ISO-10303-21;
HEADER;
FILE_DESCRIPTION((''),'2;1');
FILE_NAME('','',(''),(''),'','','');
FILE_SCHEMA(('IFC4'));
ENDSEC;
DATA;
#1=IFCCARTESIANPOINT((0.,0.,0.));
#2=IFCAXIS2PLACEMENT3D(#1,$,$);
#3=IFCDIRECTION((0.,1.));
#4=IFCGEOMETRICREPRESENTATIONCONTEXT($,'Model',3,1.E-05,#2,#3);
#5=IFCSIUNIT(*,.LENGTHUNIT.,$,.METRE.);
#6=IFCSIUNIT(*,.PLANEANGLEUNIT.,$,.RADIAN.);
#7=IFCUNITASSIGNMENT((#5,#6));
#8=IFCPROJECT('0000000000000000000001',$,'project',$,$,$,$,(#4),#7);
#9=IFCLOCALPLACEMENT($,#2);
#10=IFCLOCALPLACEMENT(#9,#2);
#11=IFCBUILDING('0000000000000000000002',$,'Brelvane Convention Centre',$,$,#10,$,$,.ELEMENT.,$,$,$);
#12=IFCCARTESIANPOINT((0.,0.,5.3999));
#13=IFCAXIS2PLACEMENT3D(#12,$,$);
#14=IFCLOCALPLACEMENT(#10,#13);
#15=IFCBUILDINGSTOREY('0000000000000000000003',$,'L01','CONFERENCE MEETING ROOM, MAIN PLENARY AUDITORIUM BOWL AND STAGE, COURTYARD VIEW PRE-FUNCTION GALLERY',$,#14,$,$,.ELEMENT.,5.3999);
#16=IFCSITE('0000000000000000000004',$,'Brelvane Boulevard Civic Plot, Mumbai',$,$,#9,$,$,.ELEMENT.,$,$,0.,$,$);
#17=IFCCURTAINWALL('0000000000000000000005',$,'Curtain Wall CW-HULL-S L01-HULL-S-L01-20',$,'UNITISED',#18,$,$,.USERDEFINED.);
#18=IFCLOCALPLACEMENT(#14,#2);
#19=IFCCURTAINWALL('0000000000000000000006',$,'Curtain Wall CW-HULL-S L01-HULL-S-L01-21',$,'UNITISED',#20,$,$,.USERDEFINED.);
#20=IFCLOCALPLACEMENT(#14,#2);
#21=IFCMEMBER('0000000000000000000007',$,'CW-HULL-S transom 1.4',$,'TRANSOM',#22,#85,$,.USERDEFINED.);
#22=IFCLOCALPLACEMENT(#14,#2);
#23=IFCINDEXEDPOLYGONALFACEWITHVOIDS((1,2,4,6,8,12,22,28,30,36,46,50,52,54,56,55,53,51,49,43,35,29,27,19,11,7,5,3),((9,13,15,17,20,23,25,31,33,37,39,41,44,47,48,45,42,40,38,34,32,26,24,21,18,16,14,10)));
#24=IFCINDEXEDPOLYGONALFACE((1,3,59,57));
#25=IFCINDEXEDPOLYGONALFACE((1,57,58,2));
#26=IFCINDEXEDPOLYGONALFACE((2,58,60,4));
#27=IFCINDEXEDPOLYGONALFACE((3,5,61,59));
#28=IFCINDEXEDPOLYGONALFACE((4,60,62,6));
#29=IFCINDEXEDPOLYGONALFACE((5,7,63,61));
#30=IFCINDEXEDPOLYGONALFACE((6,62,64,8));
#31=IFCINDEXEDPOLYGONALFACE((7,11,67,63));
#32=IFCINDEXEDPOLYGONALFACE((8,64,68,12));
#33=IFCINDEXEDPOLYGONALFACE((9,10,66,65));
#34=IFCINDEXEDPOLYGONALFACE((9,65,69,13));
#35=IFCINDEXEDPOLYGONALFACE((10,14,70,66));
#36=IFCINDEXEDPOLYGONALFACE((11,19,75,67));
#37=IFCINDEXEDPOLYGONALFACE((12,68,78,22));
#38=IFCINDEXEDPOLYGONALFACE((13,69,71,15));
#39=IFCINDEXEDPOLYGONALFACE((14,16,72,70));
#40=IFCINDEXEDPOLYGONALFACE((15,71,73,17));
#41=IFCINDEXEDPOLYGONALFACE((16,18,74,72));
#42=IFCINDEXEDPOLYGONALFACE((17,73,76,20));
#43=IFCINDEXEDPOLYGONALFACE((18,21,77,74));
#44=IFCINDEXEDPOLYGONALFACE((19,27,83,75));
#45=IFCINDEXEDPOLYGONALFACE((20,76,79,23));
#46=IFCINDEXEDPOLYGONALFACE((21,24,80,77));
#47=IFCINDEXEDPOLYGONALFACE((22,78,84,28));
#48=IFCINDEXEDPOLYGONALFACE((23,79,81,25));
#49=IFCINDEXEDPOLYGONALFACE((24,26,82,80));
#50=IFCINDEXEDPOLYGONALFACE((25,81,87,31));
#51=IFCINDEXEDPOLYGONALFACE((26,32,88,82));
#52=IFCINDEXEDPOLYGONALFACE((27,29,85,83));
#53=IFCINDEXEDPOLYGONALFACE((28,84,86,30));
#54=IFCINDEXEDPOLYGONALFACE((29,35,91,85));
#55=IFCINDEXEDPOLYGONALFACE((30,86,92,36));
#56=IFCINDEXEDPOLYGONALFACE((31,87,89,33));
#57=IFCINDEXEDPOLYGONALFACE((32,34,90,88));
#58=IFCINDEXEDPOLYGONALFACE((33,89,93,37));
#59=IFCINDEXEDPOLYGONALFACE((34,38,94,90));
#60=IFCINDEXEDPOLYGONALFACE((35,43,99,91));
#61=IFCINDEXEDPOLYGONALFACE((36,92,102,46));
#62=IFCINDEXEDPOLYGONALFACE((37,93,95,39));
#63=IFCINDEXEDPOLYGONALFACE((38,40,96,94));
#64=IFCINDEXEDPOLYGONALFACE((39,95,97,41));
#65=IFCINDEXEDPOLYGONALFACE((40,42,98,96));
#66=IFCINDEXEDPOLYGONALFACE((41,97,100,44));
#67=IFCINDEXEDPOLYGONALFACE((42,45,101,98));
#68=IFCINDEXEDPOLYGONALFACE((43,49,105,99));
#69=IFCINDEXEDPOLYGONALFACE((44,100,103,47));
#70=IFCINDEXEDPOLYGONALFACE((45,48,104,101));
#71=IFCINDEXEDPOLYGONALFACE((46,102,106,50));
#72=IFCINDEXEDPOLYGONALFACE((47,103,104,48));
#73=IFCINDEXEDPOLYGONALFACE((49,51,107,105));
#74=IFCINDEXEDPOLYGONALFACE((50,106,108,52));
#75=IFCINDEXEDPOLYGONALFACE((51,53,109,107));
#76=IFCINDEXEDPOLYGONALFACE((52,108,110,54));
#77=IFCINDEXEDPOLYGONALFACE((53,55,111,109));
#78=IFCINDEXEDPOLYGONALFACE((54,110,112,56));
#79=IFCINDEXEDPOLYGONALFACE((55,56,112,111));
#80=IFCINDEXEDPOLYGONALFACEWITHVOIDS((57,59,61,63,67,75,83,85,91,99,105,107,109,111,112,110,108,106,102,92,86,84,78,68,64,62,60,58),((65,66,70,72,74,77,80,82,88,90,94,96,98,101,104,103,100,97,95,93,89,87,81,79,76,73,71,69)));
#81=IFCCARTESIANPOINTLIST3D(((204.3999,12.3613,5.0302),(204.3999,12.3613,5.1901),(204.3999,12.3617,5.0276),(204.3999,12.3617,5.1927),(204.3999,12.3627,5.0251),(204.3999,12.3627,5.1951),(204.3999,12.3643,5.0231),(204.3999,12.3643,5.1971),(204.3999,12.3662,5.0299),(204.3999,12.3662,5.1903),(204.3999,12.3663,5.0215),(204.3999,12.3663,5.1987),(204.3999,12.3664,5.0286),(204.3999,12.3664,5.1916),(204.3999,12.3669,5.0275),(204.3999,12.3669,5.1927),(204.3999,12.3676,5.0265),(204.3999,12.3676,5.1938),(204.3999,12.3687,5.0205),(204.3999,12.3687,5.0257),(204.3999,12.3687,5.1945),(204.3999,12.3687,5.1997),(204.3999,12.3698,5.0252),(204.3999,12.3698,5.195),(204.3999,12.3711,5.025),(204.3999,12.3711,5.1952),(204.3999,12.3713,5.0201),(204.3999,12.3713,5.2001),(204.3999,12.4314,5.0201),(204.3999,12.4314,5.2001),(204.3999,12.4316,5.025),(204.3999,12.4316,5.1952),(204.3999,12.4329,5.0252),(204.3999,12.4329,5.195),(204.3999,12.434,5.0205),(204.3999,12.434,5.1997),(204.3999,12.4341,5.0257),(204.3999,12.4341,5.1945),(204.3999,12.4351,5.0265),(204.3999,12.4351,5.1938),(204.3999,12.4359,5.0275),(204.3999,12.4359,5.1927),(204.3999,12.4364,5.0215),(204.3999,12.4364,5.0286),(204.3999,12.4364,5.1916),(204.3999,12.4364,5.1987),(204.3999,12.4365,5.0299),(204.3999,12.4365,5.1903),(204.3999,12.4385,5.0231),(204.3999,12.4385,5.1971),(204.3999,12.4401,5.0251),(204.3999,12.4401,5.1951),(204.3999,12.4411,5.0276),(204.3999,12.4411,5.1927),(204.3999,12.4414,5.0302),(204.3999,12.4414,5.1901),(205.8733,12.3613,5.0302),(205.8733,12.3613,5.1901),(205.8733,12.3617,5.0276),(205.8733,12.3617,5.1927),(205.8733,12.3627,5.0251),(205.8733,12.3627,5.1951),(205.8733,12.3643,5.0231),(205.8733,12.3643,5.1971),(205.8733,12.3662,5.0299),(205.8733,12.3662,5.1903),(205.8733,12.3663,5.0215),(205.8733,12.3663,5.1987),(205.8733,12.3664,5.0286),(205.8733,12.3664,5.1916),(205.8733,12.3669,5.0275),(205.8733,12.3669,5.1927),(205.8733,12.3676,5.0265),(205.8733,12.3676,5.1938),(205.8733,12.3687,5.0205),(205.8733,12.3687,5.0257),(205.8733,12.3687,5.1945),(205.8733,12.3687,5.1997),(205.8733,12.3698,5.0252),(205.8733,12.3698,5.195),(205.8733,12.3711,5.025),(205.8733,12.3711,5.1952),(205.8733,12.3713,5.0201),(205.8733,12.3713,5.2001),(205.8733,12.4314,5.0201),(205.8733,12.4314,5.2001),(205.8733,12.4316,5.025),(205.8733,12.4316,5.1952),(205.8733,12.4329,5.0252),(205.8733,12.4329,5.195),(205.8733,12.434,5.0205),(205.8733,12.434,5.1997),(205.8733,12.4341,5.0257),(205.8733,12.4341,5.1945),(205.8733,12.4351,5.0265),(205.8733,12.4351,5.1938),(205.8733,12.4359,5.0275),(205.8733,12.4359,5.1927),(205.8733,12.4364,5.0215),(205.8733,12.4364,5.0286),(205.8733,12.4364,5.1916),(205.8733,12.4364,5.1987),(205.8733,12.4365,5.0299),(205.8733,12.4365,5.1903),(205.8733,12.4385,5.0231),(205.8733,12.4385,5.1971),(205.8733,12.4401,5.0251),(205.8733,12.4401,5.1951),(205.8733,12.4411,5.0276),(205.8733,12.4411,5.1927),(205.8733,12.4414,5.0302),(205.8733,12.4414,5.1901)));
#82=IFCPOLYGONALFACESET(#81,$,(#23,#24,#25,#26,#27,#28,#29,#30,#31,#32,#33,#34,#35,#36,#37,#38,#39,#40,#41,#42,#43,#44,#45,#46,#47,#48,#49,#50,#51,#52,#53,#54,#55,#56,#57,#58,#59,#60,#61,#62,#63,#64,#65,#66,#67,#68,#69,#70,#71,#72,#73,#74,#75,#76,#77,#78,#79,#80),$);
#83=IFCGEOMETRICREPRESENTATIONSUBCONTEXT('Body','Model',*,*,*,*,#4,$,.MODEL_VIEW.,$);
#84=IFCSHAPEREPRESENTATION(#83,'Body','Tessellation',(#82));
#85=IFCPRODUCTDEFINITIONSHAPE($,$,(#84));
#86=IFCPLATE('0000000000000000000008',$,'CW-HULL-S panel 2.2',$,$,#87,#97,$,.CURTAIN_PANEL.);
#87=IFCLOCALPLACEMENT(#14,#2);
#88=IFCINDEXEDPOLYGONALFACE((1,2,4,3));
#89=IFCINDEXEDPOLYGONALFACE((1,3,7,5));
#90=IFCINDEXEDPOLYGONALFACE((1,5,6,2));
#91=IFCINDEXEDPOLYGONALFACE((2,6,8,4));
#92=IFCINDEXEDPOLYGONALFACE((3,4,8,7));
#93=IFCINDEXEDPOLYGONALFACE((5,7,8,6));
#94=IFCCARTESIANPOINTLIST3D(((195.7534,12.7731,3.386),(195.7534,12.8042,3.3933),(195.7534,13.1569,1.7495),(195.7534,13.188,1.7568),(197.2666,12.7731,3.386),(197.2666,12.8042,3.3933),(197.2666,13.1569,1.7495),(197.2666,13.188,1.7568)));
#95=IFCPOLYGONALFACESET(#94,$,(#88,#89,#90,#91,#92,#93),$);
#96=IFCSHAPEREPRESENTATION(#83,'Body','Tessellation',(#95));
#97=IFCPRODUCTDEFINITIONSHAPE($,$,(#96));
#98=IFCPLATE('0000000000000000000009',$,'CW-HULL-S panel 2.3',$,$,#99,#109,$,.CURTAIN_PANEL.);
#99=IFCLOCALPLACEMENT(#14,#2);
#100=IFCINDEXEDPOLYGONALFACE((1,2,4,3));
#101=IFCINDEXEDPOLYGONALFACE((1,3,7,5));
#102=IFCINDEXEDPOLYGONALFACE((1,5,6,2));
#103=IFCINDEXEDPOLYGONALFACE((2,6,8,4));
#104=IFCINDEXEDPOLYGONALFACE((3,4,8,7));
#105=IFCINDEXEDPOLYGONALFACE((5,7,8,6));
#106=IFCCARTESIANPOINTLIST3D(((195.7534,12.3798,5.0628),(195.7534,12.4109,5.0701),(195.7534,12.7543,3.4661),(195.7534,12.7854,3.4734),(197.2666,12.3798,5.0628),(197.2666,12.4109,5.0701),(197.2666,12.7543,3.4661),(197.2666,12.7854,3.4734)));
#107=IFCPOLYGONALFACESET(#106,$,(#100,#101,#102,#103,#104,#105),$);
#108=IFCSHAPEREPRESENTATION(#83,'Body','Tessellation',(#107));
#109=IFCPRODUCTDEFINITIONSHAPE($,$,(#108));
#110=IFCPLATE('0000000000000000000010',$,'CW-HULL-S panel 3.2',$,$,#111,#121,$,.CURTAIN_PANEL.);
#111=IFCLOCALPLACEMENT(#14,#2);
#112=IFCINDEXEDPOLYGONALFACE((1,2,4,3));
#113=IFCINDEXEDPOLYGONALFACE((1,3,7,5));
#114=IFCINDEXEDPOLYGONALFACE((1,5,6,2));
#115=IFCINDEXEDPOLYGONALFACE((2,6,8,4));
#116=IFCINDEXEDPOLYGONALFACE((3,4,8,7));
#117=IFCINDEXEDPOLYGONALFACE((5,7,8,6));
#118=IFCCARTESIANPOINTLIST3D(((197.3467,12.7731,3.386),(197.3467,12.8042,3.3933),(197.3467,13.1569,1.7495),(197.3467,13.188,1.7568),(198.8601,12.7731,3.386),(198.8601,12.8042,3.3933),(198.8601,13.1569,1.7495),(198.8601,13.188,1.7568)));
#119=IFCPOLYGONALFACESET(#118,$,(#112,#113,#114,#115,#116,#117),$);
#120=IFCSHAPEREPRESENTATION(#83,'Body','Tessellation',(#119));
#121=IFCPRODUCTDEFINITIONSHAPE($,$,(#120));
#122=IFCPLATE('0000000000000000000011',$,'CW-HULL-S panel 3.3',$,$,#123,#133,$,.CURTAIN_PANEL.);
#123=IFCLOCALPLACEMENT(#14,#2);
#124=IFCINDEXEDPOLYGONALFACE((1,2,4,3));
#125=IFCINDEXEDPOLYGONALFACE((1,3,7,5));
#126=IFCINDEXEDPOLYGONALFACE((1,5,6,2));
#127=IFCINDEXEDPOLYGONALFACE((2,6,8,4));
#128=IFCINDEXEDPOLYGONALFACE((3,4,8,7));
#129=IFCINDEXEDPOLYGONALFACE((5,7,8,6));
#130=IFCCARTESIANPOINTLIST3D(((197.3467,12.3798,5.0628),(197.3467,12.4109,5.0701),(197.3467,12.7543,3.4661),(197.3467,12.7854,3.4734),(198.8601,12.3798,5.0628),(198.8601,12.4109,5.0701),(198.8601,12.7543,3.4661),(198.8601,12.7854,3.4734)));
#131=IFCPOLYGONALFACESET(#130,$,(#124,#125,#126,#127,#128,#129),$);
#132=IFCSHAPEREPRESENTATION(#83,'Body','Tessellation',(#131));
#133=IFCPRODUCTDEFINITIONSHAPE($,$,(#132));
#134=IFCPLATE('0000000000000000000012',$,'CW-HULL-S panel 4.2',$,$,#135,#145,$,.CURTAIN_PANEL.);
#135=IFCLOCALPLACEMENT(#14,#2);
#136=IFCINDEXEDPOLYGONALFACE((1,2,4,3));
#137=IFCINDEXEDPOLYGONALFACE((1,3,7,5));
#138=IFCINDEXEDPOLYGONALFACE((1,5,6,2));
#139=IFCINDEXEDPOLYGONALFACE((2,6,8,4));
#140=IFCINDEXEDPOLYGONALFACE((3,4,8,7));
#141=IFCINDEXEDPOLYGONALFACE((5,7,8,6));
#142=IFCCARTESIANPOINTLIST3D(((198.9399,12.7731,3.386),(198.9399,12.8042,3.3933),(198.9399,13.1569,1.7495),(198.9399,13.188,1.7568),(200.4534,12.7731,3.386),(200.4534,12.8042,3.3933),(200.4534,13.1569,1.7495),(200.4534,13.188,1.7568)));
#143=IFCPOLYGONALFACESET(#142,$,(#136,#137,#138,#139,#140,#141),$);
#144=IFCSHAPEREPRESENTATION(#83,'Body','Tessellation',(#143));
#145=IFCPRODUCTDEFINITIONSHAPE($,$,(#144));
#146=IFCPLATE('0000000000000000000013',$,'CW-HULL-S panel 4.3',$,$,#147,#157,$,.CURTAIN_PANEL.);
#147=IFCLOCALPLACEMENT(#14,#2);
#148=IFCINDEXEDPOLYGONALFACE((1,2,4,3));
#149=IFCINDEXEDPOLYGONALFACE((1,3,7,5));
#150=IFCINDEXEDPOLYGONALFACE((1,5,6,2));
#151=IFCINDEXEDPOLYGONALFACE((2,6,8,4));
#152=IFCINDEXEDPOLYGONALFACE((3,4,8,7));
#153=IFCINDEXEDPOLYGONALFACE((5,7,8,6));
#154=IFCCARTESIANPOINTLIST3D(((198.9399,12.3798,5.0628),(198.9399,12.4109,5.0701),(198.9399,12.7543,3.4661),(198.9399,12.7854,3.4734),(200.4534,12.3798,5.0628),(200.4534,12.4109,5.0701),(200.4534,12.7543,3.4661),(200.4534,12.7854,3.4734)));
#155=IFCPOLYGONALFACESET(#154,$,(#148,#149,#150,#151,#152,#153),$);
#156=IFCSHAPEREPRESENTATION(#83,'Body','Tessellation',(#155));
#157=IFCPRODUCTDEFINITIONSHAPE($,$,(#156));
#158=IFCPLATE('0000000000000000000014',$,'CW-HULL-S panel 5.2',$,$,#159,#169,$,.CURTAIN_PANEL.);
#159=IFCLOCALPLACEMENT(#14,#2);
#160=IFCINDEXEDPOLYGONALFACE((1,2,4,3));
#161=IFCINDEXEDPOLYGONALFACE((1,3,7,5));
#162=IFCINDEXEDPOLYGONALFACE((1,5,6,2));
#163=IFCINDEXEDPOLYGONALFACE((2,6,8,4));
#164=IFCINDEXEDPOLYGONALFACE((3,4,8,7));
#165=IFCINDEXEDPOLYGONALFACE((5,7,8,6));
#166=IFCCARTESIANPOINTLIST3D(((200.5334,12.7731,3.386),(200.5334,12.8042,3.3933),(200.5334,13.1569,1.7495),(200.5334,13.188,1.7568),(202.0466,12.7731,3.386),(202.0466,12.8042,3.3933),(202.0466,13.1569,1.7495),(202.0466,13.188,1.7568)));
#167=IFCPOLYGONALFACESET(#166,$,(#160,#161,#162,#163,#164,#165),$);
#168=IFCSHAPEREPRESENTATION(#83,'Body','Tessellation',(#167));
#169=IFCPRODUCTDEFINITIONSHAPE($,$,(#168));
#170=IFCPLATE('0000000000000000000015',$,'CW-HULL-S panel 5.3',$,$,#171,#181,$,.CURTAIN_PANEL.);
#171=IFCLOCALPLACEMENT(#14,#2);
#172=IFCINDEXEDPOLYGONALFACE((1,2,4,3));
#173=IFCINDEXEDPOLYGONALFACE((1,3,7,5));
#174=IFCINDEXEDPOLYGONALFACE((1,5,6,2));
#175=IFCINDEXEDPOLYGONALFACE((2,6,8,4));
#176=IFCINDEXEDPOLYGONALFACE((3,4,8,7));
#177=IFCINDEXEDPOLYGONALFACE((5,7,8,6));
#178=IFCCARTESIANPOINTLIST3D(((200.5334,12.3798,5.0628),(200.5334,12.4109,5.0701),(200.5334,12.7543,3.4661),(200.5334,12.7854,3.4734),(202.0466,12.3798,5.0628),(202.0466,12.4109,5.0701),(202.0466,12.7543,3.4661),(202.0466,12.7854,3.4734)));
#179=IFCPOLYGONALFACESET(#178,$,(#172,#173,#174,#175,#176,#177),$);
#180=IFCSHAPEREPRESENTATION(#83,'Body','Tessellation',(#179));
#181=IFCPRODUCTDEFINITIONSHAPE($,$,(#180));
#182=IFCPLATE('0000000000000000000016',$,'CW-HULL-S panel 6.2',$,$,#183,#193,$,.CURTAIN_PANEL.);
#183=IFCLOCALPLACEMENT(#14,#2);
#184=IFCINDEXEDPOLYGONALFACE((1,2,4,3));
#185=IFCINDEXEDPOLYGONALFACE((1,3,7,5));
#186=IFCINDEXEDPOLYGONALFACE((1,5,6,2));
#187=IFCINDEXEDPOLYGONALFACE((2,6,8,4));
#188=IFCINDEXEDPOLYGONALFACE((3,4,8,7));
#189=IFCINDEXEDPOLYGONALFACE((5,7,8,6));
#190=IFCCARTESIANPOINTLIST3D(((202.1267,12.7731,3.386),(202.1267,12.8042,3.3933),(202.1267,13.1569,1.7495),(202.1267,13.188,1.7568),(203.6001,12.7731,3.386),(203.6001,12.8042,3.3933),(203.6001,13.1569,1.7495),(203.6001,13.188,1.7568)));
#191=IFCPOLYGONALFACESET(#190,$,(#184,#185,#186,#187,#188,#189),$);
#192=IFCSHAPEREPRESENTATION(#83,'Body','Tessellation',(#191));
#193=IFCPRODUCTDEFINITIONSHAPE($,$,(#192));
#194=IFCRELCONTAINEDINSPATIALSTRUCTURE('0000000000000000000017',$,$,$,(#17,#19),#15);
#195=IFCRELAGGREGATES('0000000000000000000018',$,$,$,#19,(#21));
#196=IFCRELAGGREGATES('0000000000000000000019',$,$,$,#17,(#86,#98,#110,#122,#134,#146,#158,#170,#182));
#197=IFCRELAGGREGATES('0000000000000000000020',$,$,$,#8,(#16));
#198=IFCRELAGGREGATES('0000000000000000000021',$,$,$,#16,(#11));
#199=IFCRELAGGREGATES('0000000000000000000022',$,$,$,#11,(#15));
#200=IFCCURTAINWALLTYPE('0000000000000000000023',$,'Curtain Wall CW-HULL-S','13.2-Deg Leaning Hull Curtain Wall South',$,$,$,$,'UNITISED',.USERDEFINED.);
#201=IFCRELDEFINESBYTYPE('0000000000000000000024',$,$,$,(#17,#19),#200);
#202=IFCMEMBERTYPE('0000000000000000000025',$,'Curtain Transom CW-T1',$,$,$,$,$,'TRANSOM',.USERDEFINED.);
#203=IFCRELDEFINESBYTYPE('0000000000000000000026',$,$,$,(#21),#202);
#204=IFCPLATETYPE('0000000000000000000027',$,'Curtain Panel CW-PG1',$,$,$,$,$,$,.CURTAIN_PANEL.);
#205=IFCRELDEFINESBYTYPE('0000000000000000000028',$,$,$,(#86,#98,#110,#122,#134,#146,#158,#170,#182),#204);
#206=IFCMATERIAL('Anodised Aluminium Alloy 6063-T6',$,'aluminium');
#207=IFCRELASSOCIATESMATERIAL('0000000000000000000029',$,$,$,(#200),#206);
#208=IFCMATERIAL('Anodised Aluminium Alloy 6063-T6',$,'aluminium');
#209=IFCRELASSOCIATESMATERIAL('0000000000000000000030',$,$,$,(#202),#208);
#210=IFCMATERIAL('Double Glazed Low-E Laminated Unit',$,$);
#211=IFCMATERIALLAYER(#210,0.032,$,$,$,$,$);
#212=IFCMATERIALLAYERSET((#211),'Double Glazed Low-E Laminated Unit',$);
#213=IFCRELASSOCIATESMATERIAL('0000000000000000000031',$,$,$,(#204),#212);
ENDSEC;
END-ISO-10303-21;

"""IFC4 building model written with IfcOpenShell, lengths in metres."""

from ifc_helpers import new_model, si_unit, direction, frame, origin, origin_2d, place, context, subcontext, project, spatial, polyline, hollow_rectangle, outline, extrude, material, layer, layer_set, material_profile, profile_set, type_object, element, aggregate, save


model = new_model("IFC4")

# Units and contexts
model_context = context("Model", 3, precision=1e-05, world=origin(), true_north=direction((0.0, 1.0)))
body_context = subcontext(model_context, "Body", "Model", "MODEL_VIEW")
ifc_project = project(units=[si_unit("LENGTHUNIT", "METRE"), si_unit("PLANEANGLEUNIT", "RADIAN")], contexts=[model_context])

# Site, building, storey
site_placement = place(None, origin())
site = spatial("IfcSite", under=ifc_project, at=site_placement, Name="Brelvane Boulevard Civic Plot, Mumbai", CompositionType="ELEMENT", RefElevation=0.0)
building_placement = place(site_placement, origin())
building = spatial("IfcBuilding", under=site, at=building_placement, Name="Brelvane Convention Centre", CompositionType="ELEMENT")
storey_placement = place(building_placement, frame((0.0, 0.0, 5.3999)))
storey = spatial("IfcBuildingStorey", under=building, at=storey_placement, Name="L01", Description="CONFERENCE MEETING ROOM, MAIN PLENARY AUDITORIUM BOWL AND STAGE, COURTYARD VIEW PRE-FUNCTION GALLERY", CompositionType="ELEMENT", Elevation=5.3999)

# Curtain wall
ifc_material_1 = material(Name="Anodised Aluminium Alloy 6063-T6", Category="aluminium")
curtain_wall_type = type_object("IfcCurtainWallType", Name="Curtain Wall CW-HULL-S", Description="13.2-Deg Leaning Hull Curtain Wall South", ElementType="UNITISED", PredefinedType="USERDEFINED", material=ifc_material_1)
curtain_wall_1_placement = place(storey_placement, origin())
curtain_wall_1 = element("IfcCurtainWall", 1, at=curtain_wall_1_placement, inside=storey, type_object=curtain_wall_type, Name="Curtain Wall CW-HULL-S L01-HULL-S-L01-20", ObjectType="UNITISED", PredefinedType="USERDEFINED")
ifc_material_2 = material(Name="Anodised Aluminium Alloy 6063-T6", Category="aluminium")
ifc_material_profile = material_profile(ifc_material_2, hollow_rectangle(XDim=0.0801, YDim=0.1799, WallThickness=0.0049, InnerFilletRadius=0.0049, OuterFilletRadius=0.01, at=origin_2d()), Name="ALU-T 180x80x5.0")
ifc_profile_set = profile_set([ifc_material_profile], Name="Anodised Aluminium Alloy 6063-T6")
member_type = type_object("IfcMemberType", Name="Curtain Transom CW-T1", ElementType="TRANSOM", PredefinedType="USERDEFINED", material=ifc_profile_set)

# Curtain wall, member
curtain_wall_2_placement = place(storey_placement, origin())
curtain_wall_2 = element("IfcCurtainWall", 2, at=curtain_wall_2_placement, inside=storey, type_object=curtain_wall_type, Name="Curtain Wall CW-HULL-S L01-HULL-S-L01-21", ObjectType="UNITISED", PredefinedType="USERDEFINED")
member_1_placement = place(storey_placement, frame((204.3999, 12.4014, 5.1101), z_axis=(1.0, 0.0, 0.0), x_axis=(0.0, 1.0, 0.0)))
member_1 = element("IfcMember", 3, at=member_1_placement, type_object=member_type, Name="CW-HULL-S transom 1.4", ObjectType="TRANSOM", PredefinedType="USERDEFINED", context=body_context, shape_type="SweptSolid", body=[
    extrude(hollow_rectangle(XDim=0.0801, YDim=0.1799, WallThickness=0.0049, InnerFilletRadius=0.0049, OuterFilletRadius=0.01, at=origin_2d()), origin(), (0.0, 0.0, 1.0), 1.4734),
])
aggregate(curtain_wall_2, [member_1])

# Plates
ifc_material_3 = material(Name="Double Glazed Low-E Laminated Unit")
ifc_layer_1 = layer(ifc_material_3, 0.032)
ifc_layer_set_1 = layer_set([ifc_layer_1], Name="Double Glazed Low-E Laminated Unit")
plate_type_1 = type_object("IfcPlateType", Name="Curtain Panel CW-PG1", PredefinedType="CURTAIN_PANEL", material=ifc_layer_set_1)
plate_1_placement = place(storey_placement, frame((195.7534, 13.188, 1.7568), z_axis=(0.0, 0.973585, 0.228327), x_axis=(1.0, 0.0, 0.0)))
plate_1 = element("IfcPlate", 4, at=plate_1_placement, type_object=plate_type_1, Name="CW-HULL-S panel 2.2", PredefinedType="CURTAIN_PANEL", context=body_context, shape_type="SweptSolid", body=[
    extrude(outline(polyline([(0.0, 0.0), (1.5132, 0.0), (1.5132, -1.6809), (0.0, -1.6809), (0.0, 0.0)])), origin(), (0.0, 0.0, -1.0), 0.032),
])
plate_2_placement = place(storey_placement, frame((195.7534, 12.7854, 3.4734), z_axis=(0.0, 0.973577, 0.228359), x_axis=(1.0, 0.0, 0.0)))
plate_2 = element("IfcPlate", 5, at=plate_2_placement, type_object=plate_type_1, Name="CW-HULL-S panel 2.3", PredefinedType="CURTAIN_PANEL", context=body_context, shape_type="SweptSolid", body=[
    extrude(outline(polyline([(0.0, 0.0), (1.5132, 0.0), (1.5132, -1.64), (0.0, -1.64), (0.0, 0.0)])), origin(), (0.0, 0.0, -1.0), 0.032),
])
plate_3_placement = place(storey_placement, frame((197.3467, 13.188, 1.7568), z_axis=(0.0, 0.973585, 0.228327), x_axis=(1.0, 0.0, 0.0)))
plate_3 = element("IfcPlate", 6, at=plate_3_placement, type_object=plate_type_1, Name="CW-HULL-S panel 3.2", PredefinedType="CURTAIN_PANEL", context=body_context, shape_type="SweptSolid", body=[
    extrude(outline(polyline([(0.0, 0.0), (1.5134, 0.0), (1.5134, -1.6809), (0.0, -1.6809), (0.0, 0.0)])), origin(), (0.0, 0.0, -1.0), 0.032),
])
plate_4_placement = place(storey_placement, frame((197.3467, 12.7854, 3.4734), z_axis=(0.0, 0.973577, 0.228359), x_axis=(1.0, 0.0, 0.0)))
plate_4 = element("IfcPlate", 7, at=plate_4_placement, type_object=plate_type_1, Name="CW-HULL-S panel 3.3", PredefinedType="CURTAIN_PANEL", context=body_context, shape_type="SweptSolid", body=[
    extrude(outline(polyline([(0.0, 0.0), (1.5134, 0.0), (1.5134, -1.64), (0.0, -1.64), (0.0, 0.0)])), origin(), (0.0, 0.0, -1.0), 0.032),
])
plate_5_placement = place(storey_placement, frame((198.9399, 13.188, 1.7568), z_axis=(0.0, 0.973585, 0.228327), x_axis=(1.0, 0.0, 0.0)))
plate_5 = element("IfcPlate", 8, at=plate_5_placement, type_object=plate_type_1, Name="CW-HULL-S panel 4.2", PredefinedType="CURTAIN_PANEL", context=body_context, shape_type="SweptSolid", body=[
    extrude(outline(polyline([(0.0, 0.0), (1.5134, 0.0), (1.5134, -1.6809), (0.0, -1.6809), (0.0, 0.0)])), origin(), (0.0, 0.0, -1.0), 0.032),
])
plate_6_placement = place(storey_placement, frame((198.9399, 12.7854, 3.4734), z_axis=(0.0, 0.973577, 0.228359), x_axis=(1.0, 0.0, 0.0)))
plate_6 = element("IfcPlate", 9, at=plate_6_placement, type_object=plate_type_1, Name="CW-HULL-S panel 4.3", PredefinedType="CURTAIN_PANEL", context=body_context, shape_type="SweptSolid", body=[
    extrude(outline(polyline([(0.0, 0.0), (1.5134, 0.0), (1.5134, -1.64), (0.0, -1.64), (0.0, 0.0)])), origin(), (0.0, 0.0, -1.0), 0.032),
])
plate_7_placement = place(storey_placement, frame((200.5334, 13.188, 1.7568), z_axis=(0.0, 0.973585, 0.228327), x_axis=(1.0, 0.0, 0.0)))
plate_7 = element("IfcPlate", 10, at=plate_7_placement, type_object=plate_type_1, Name="CW-HULL-S panel 5.2", PredefinedType="CURTAIN_PANEL", context=body_context, shape_type="SweptSolid", body=[
    extrude(outline(polyline([(0.0, 0.0), (1.5132, 0.0), (1.5132, -1.6809), (0.0, -1.6809), (0.0, 0.0)])), origin(), (0.0, 0.0, -1.0), 0.032),
])
plate_8_placement = place(storey_placement, frame((200.5334, 12.7854, 3.4734), z_axis=(0.0, 0.973577, 0.228359), x_axis=(1.0, 0.0, 0.0)))
plate_8 = element("IfcPlate", 11, at=plate_8_placement, type_object=plate_type_1, Name="CW-HULL-S panel 5.3", PredefinedType="CURTAIN_PANEL", context=body_context, shape_type="SweptSolid", body=[
    extrude(outline(polyline([(0.0, 0.0), (1.5132, 0.0), (1.5132, -1.64), (0.0, -1.64), (0.0, 0.0)])), origin(), (0.0, 0.0, -1.0), 0.032),
])
plate_9_placement = place(storey_placement, frame((202.1267, 13.188, 1.7568), z_axis=(0.0, 0.973585, 0.228327), x_axis=(1.0, 0.0, 0.0)))
plate_9 = element("IfcPlate", 12, at=plate_9_placement, type_object=plate_type_1, Name="CW-HULL-S panel 6.2", PredefinedType="CURTAIN_PANEL", context=body_context, shape_type="SweptSolid", body=[
    extrude(outline(polyline([(0.0, 0.0), (1.4734, 0.0), (1.4734, -1.6809), (0.0, -1.6809), (0.0, 0.0)])), origin(), (0.0, 0.0, -1.0), 0.032),
])
aggregate(curtain_wall_1, [plate_1, plate_2, plate_3, plate_4, plate_5, plate_6, plate_7, plate_8, plate_9])

save(model, "model.ifc")
